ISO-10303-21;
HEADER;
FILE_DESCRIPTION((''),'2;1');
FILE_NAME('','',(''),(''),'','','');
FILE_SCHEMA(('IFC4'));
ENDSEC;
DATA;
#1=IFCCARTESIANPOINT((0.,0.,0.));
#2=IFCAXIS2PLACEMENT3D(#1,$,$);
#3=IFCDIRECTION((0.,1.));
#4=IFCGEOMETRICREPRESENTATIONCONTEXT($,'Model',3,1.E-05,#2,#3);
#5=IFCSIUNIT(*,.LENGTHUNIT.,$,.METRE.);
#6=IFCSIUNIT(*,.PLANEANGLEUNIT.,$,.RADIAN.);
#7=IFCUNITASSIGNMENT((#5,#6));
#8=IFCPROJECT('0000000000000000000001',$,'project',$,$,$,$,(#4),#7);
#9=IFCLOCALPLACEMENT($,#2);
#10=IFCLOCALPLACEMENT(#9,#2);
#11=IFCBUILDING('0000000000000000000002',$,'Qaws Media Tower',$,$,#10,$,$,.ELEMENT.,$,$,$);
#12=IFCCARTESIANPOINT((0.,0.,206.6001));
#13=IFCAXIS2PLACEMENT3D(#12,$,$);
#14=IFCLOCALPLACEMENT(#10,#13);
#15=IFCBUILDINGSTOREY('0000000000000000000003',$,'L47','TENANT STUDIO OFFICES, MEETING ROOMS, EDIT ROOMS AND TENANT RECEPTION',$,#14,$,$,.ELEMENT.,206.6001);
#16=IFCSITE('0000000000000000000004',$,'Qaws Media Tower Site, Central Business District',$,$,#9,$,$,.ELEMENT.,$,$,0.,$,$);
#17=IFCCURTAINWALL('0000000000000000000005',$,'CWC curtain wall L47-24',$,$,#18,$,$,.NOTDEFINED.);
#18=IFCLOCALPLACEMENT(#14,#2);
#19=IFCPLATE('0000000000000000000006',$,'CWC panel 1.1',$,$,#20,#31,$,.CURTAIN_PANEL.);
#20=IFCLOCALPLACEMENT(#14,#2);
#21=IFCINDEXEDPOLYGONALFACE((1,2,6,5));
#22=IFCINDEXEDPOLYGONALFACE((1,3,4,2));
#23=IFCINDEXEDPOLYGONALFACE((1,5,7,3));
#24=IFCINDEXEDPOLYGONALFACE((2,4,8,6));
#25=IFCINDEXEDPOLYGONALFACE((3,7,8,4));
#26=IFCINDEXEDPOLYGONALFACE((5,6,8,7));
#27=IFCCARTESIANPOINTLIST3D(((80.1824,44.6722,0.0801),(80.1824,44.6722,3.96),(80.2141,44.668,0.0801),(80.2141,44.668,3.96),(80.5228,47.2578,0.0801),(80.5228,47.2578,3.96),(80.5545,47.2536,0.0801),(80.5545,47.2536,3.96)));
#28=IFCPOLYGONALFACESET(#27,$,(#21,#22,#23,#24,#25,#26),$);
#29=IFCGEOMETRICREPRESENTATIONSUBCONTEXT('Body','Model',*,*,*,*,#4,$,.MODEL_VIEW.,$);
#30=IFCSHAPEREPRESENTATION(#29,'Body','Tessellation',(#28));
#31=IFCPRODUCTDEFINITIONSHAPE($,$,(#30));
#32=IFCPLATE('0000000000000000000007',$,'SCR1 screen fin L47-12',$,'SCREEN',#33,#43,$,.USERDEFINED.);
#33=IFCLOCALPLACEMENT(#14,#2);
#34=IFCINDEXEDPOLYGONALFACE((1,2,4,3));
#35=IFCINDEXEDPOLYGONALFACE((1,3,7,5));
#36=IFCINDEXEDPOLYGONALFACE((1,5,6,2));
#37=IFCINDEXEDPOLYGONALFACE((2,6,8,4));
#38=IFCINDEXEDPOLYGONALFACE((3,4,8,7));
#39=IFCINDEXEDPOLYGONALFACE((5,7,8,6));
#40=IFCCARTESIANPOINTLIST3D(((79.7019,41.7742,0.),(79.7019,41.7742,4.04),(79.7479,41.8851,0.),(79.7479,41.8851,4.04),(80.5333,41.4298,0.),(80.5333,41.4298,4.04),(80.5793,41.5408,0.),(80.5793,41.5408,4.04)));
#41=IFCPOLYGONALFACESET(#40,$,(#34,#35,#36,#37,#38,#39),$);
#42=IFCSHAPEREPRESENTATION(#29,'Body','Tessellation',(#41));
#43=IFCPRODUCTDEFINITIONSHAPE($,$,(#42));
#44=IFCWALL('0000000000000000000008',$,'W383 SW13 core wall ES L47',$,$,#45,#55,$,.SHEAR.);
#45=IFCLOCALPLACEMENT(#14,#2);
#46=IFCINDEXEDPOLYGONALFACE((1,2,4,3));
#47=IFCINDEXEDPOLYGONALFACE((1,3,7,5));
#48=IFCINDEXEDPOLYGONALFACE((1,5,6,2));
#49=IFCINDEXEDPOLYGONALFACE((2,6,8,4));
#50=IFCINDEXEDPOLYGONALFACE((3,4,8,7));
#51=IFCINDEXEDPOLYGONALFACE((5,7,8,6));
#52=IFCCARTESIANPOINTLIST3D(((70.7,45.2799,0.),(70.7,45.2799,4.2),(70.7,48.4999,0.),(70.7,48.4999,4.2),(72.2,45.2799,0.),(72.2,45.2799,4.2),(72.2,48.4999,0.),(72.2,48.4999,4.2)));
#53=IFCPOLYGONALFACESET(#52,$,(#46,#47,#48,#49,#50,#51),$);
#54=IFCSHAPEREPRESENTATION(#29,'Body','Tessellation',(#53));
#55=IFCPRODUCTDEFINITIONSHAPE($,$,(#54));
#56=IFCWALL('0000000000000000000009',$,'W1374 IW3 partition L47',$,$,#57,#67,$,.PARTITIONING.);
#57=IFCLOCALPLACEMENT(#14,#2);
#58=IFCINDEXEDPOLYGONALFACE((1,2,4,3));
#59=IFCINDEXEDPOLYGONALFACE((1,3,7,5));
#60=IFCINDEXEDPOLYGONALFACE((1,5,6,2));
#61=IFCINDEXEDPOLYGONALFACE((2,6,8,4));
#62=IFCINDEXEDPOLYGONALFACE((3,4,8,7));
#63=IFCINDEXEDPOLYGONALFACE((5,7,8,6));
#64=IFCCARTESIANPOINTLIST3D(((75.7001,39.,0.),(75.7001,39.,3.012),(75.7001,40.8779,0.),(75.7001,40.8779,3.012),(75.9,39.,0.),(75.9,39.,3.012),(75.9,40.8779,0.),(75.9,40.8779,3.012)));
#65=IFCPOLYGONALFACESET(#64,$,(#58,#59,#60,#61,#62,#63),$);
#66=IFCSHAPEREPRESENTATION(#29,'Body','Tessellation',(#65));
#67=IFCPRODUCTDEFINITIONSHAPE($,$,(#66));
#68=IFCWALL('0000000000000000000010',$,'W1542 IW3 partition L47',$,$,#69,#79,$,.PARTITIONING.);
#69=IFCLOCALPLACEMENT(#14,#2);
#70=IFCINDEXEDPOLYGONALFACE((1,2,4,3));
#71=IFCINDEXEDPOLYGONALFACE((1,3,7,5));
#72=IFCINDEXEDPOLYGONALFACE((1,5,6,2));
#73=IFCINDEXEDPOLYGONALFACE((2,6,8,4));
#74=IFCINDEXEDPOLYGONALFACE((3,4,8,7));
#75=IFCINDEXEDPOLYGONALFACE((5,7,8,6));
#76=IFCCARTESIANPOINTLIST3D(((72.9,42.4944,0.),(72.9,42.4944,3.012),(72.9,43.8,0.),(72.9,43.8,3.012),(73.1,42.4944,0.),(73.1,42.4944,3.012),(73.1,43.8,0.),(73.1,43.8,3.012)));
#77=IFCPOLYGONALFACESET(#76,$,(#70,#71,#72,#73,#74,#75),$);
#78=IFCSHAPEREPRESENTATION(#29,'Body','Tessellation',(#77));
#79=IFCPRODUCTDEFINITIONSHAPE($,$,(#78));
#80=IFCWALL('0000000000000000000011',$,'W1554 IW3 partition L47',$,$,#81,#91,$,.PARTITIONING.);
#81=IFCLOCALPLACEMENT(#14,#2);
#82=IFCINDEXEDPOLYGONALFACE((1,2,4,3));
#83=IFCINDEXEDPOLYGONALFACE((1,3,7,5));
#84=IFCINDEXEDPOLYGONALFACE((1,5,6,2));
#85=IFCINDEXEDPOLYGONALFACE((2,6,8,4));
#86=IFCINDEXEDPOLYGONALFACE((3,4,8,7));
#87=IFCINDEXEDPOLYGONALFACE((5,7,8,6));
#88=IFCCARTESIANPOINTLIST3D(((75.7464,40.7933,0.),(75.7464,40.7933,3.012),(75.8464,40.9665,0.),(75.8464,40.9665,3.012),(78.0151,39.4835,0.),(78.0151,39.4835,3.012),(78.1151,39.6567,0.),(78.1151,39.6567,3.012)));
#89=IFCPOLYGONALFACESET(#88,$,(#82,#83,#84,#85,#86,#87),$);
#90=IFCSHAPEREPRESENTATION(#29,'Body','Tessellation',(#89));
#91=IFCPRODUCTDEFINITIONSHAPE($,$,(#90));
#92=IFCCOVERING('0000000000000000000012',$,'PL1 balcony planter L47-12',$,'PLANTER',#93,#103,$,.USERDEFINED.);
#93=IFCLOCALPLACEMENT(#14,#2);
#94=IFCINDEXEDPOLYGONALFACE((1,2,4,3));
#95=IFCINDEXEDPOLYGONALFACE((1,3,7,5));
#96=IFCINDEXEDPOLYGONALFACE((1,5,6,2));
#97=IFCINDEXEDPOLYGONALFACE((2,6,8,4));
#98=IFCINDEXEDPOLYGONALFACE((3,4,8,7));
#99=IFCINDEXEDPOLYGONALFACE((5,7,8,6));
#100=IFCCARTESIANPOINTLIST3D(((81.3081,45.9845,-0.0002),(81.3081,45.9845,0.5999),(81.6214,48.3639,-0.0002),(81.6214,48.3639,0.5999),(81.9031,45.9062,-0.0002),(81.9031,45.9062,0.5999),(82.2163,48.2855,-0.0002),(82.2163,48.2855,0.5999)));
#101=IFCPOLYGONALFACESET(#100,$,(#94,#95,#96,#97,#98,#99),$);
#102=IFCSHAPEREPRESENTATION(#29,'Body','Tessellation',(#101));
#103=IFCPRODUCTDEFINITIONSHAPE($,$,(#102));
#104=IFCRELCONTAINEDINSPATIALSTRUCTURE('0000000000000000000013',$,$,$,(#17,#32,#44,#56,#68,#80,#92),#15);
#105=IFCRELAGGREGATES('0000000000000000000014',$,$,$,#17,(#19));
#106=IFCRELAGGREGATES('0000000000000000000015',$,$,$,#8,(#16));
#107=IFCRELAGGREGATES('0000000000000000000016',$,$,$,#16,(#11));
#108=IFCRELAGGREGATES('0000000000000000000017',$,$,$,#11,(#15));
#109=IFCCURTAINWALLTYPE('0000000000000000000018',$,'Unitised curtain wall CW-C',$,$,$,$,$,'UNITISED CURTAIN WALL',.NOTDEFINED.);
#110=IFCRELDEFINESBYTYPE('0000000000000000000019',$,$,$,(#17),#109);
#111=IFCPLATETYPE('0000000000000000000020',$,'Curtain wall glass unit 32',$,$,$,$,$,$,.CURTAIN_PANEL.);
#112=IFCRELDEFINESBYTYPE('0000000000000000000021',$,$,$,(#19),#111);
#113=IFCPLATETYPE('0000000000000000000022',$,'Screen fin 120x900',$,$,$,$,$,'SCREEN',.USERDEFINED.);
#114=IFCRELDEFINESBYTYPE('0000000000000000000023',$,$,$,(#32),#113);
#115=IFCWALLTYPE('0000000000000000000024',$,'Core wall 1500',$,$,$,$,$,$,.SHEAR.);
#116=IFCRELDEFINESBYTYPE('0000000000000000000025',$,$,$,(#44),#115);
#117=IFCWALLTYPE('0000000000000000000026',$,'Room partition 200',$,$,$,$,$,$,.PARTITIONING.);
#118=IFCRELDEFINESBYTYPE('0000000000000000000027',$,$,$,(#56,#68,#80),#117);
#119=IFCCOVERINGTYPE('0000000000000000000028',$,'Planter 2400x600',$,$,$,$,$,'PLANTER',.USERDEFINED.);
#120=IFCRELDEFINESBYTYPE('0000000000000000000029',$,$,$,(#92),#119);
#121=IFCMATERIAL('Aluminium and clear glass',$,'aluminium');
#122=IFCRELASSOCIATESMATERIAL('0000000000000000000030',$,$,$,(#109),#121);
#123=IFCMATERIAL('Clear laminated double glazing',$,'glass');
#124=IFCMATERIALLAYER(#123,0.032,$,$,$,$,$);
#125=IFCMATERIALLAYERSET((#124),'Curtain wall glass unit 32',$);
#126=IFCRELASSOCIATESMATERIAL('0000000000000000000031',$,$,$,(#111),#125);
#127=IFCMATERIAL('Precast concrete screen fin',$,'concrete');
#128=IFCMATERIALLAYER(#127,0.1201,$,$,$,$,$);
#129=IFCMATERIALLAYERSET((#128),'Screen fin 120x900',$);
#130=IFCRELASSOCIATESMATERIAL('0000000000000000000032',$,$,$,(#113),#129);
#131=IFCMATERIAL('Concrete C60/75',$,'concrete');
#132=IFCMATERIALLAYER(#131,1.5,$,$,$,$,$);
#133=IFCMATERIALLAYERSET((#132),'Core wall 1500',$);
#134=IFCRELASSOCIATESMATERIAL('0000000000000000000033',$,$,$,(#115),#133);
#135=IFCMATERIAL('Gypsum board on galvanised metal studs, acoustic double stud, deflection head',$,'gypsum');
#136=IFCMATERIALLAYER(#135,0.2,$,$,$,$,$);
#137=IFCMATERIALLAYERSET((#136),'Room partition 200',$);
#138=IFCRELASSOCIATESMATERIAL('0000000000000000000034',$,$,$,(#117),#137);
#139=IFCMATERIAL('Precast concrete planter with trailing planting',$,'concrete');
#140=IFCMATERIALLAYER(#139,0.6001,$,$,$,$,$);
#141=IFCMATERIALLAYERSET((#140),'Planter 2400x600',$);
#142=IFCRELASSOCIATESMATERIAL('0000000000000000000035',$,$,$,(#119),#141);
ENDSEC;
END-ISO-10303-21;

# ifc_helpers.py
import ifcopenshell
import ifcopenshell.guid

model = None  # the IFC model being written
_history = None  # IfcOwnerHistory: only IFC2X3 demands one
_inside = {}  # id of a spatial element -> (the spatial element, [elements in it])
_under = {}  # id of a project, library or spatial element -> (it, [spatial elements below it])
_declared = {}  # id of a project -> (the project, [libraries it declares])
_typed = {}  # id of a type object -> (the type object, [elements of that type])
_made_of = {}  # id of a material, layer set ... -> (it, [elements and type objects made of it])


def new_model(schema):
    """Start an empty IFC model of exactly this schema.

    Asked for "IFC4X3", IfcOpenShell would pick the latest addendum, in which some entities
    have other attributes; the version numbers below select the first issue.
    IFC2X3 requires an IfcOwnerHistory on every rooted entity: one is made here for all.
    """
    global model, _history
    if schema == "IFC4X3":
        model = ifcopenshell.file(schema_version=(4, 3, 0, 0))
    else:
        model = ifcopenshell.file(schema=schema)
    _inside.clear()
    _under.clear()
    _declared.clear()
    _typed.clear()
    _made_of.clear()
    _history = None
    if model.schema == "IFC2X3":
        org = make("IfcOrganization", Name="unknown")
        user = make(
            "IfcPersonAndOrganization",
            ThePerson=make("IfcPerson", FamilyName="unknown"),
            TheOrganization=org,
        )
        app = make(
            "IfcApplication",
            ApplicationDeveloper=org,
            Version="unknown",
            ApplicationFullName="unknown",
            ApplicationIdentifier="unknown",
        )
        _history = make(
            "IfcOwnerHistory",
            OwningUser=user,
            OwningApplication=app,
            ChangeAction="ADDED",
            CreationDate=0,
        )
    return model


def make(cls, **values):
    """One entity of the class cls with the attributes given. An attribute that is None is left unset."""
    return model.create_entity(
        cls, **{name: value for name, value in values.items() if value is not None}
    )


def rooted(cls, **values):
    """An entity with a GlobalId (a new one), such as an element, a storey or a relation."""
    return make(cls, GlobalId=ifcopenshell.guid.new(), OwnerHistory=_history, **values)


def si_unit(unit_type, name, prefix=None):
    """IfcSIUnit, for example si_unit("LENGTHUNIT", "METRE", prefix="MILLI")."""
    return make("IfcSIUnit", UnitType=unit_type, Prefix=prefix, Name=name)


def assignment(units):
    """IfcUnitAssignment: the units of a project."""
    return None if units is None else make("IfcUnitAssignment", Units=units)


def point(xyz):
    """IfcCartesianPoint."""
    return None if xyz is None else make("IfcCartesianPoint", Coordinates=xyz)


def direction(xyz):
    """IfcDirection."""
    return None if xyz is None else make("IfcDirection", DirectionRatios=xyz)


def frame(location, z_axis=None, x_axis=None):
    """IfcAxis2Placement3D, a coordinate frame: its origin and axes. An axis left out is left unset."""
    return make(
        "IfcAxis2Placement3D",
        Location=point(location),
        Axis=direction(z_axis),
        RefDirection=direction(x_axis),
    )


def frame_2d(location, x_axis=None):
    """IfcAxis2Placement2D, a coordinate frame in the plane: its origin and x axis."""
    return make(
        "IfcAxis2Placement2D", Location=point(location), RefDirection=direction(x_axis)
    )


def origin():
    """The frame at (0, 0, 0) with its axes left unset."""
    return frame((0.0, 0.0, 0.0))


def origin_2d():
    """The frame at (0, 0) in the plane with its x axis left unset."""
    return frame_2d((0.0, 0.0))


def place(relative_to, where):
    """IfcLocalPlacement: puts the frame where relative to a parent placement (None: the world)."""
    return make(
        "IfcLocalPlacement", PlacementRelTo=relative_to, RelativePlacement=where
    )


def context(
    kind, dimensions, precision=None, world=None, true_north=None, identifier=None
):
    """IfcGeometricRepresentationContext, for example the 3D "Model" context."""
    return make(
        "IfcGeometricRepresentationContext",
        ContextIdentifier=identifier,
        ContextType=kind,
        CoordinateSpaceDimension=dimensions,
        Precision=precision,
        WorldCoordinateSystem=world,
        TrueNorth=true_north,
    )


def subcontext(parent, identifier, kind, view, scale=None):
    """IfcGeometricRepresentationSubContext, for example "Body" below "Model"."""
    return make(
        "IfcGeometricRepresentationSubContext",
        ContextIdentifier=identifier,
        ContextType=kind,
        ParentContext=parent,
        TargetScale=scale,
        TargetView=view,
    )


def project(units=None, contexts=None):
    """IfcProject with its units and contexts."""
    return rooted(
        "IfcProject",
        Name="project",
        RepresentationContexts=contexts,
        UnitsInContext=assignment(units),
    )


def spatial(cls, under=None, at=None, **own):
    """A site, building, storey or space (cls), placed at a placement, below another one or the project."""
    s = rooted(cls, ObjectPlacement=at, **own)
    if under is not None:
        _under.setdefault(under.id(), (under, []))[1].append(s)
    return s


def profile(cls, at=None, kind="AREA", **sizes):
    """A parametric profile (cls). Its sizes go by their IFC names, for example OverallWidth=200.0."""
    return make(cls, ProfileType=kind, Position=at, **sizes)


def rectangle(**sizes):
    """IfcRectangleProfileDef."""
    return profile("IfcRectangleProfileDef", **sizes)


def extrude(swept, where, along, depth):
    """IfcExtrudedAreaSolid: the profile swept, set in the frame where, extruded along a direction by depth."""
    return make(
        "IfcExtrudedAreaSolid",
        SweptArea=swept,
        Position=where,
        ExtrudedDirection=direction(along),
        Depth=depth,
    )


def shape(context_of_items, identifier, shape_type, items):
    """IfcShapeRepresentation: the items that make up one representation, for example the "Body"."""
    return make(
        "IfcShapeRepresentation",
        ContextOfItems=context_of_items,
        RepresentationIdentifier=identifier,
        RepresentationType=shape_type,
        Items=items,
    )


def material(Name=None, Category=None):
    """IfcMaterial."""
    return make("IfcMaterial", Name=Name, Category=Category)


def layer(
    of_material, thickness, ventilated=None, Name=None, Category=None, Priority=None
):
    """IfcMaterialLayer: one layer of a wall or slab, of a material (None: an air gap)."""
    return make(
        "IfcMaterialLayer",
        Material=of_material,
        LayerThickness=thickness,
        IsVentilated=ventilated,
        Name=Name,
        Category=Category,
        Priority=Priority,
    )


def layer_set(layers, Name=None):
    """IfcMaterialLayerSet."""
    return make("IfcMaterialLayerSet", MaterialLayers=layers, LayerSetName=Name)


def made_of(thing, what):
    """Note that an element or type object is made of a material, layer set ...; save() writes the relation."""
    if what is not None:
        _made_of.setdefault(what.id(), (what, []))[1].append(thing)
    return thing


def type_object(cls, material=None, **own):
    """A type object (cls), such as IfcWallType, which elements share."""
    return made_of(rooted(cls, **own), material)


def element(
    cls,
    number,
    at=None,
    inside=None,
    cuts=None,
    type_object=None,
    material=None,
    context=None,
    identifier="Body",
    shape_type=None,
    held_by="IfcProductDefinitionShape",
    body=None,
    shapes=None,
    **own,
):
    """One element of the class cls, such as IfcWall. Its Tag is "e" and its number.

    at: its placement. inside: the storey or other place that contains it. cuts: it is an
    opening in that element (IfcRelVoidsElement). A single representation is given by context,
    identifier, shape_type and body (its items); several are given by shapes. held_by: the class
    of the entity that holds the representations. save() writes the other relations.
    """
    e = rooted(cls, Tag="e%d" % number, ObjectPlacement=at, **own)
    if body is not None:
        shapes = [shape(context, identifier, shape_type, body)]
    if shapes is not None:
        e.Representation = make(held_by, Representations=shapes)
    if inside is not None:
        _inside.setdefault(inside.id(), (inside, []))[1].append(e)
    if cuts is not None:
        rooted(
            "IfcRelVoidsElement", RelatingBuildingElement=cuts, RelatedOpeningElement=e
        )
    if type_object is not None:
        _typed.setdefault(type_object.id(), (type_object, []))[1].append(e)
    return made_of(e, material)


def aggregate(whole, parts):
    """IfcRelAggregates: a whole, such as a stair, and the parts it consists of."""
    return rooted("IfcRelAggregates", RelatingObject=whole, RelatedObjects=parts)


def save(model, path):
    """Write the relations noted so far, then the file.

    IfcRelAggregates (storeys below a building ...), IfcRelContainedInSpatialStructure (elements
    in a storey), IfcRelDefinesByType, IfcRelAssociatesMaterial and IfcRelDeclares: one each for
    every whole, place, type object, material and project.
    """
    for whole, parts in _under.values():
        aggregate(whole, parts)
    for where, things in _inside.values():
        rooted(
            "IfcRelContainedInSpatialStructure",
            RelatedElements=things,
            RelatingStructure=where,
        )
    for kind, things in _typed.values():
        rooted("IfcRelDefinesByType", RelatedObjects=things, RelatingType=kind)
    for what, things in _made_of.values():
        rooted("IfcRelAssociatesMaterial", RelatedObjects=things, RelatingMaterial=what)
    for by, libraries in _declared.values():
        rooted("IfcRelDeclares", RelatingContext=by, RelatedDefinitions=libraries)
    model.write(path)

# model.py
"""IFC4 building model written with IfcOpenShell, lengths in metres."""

from ifc_helpers import new_model, si_unit, direction, frame, frame_2d, origin, origin_2d, place, context, subcontext, project, spatial, rectangle, extrude, material, layer, layer_set, type_object, element, aggregate, save


model = new_model("IFC4")

# Units and contexts
model_context = context("Model", 3, precision=1e-05, world=origin(), true_north=direction((0.0, 1.0)))
body_context = subcontext(model_context, "Body", "Model", "MODEL_VIEW")
ifc_project = project(units=[si_unit("LENGTHUNIT", "METRE"), si_unit("PLANEANGLEUNIT", "RADIAN")], contexts=[model_context])

# Site, building, storey
site_placement = place(None, origin())
site = spatial("IfcSite", under=ifc_project, at=site_placement, Name="Qaws Media Tower Site, Central Business District", CompositionType="ELEMENT", RefElevation=0.0)
building_placement = place(site_placement, origin())
building = spatial("IfcBuilding", under=site, at=building_placement, Name="Qaws Media Tower", CompositionType="ELEMENT")
storey_placement = place(building_placement, frame((0.0, 0.0, 206.6001)))
storey = spatial("IfcBuildingStorey", under=building, at=storey_placement, Name="L47", Description="TENANT STUDIO OFFICES, MEETING ROOMS, EDIT ROOMS AND TENANT RECEPTION", CompositionType="ELEMENT", Elevation=206.6001)

# Curtain wall
ifc_material_1 = material(Name="Aluminium and clear glass", Category="aluminium")
curtain_wall_type = type_object("IfcCurtainWallType", Name="Unitised curtain wall CW-C", ElementType="UNITISED CURTAIN WALL", PredefinedType="NOTDEFINED", material=ifc_material_1)
curtain_wall_1_placement = place(storey_placement, origin())
curtain_wall_1 = element("IfcCurtainWall", 1, at=curtain_wall_1_placement, inside=storey, type_object=curtain_wall_type, Name="CWC curtain wall L47-24", PredefinedType="NOTDEFINED")

# Plates
ifc_material_2 = material(Name="Clear laminated double glazing", Category="glass")
ifc_layer_1 = layer(ifc_material_2, 0.032)
ifc_layer_set_1 = layer_set([ifc_layer_1], Name="Curtain wall glass unit 32")
plate_type_1 = type_object("IfcPlateType", Name="Curtain wall glass unit 32", PredefinedType="CURTAIN_PANEL", material=ifc_layer_set_1)
plate_1_placement = place(storey_placement, frame((80.3684, 45.9629, 0.0801), z_axis=(0.0, 0.0, 1.0), x_axis=(0.130526, 0.991445, 0.0)))
plate_1 = element("IfcPlate", 2, at=plate_1_placement, type_object=plate_type_1, Name="CWC panel 1.1", PredefinedType="CURTAIN_PANEL", context=body_context, shape_type="SweptSolid", body=[
    extrude(rectangle(XDim=2.6079, YDim=0.032, at=origin_2d()), origin(), (0.0, 0.0, 1.0), 3.8799),
])
aggregate(curtain_wall_1, [plate_1])
ifc_material_3 = material(Name="Precast concrete screen fin", Category="concrete")
ifc_layer_2 = layer(ifc_material_3, 0.1201)
ifc_layer_set_2 = layer_set([ifc_layer_2], Name="Screen fin 120x900")
plate_type_2 = type_object("IfcPlateType", Name="Screen fin 120x900", ElementType="SCREEN", PredefinedType="USERDEFINED", material=ifc_layer_set_2)
plate_2_placement = place(storey_placement, frame((80.1406, 41.6575, 0.0), z_axis=(0.0, 0.0, 1.0), x_axis=(0.92388, -0.382683, 0.0)))
element("IfcPlate", 3, at=plate_2_placement, inside=storey, type_object=plate_type_2, Name="SCR1 screen fin L47-12", ObjectType="SCREEN", PredefinedType="USERDEFINED", context=body_context, shape_type="SweptSolid", body=[
    extrude(rectangle(XDim=0.8999, YDim=0.1201, at=origin_2d()), origin(), (0.0, 0.0, 1.0), 4.04),
])

# Walls
ifc_material_4 = material(Name="Concrete C60/75", Category="concrete")
ifc_layer_3 = layer(ifc_material_4, 1.5)
ifc_layer_set_3 = layer_set([ifc_layer_3], Name="Core wall 1500")
wall_type_1 = type_object("IfcWallType", Name="Core wall 1500", PredefinedType="SHEAR", material=ifc_layer_set_3)
wall_1_placement = place(storey_placement, frame((71.45, 45.28, 0.0), z_axis=(0.0, 0.0, 1.0), x_axis=(0.0, 1.0, 0.0)))
element("IfcWall", 4, at=wall_1_placement, inside=storey, type_object=wall_type_1, Name="W383 SW13 core wall ES L47", PredefinedType="SHEAR", context=body_context, shape_type="SweptSolid", body=[
    extrude(rectangle(XDim=3.22, YDim=1.5, at=frame_2d((1.6099, 0.0))), origin(), (0.0, 0.0, 1.0), 4.2),
])
ifc_material_5 = material(Name="Gypsum board on galvanised metal studs, acoustic double stud, deflection head", Category="gypsum")
ifc_layer_4 = layer(ifc_material_5, 0.2)
ifc_layer_set_4 = layer_set([ifc_layer_4], Name="Room partition 200")
wall_type_2 = type_object("IfcWallType", Name="Room partition 200", PredefinedType="PARTITIONING", material=ifc_layer_set_4)
wall_2_placement = place(storey_placement, frame((75.8, 40.8779, 0.0), z_axis=(0.0, 0.0, 1.0), x_axis=(0.0, -1.0, 0.0)))
element("IfcWall", 5, at=wall_2_placement, inside=storey, type_object=wall_type_2, Name="W1374 IW3 partition L47", PredefinedType="PARTITIONING", context=body_context, shape_type="SweptSolid", body=[
    extrude(rectangle(XDim=1.8779, YDim=0.2, at=frame_2d((0.939, 0.0))), origin(), (0.0, 0.0, 1.0), 3.012),
])
wall_3_placement = place(storey_placement, frame((73.0, 42.4944, 0.0), z_axis=(0.0, 0.0, 1.0), x_axis=(0.0, 1.0, 0.0)))
element("IfcWall", 6, at=wall_3_placement, inside=storey, type_object=wall_type_2, Name="W1542 IW3 partition L47", PredefinedType="PARTITIONING", context=body_context, shape_type="SweptSolid", body=[
    extrude(rectangle(XDim=1.3057, YDim=0.2, at=frame_2d((0.6528, 0.0))), origin(), (0.0, 0.0, 1.0), 3.012),
])
wall_4_placement = place(storey_placement, frame((75.7964, 40.8799, 0.0), z_axis=(0.0, 0.0, 1.0), x_axis=(0.866038, -0.499978, 0.0)))
element("IfcWall", 7, at=wall_4_placement, inside=storey, type_object=wall_type_2, Name="W1554 IW3 partition L47", PredefinedType="PARTITIONING", context=body_context, shape_type="SweptSolid", body=[
    extrude(rectangle(XDim=2.6196, YDim=0.2, at=frame_2d((1.3098, 0.0))), origin(), (0.0, 0.0, 1.0), 3.012),
])

# Covering
ifc_material_6 = material(Name="Precast concrete planter with trailing planting", Category="concrete")
ifc_layer_5 = layer(ifc_material_6, 0.6001)
ifc_layer_set_5 = layer_set([ifc_layer_5], Name="Planter 2400x600")
covering_type = type_object("IfcCoveringType", Name="Planter 2400x600", ElementType="PLANTER", PredefinedType="USERDEFINED", material=ifc_layer_set_5)
covering_placement = place(storey_placement, frame((81.7622, 47.135, -0.0002), z_axis=(0.0, 0.0, 1.0), x_axis=(0.130526, 0.991445, 0.0)))
element("IfcCovering", 8, at=covering_placement, inside=storey, type_object=covering_type, Name="PL1 balcony planter L47-12", ObjectType="PLANTER", PredefinedType="USERDEFINED", context=body_context, shape_type="SweptSolid", body=[
    extrude(rectangle(XDim=2.3999, YDim=0.6001, at=origin_2d()), origin(), (0.0, 0.0, 1.0), 0.6001),
])

save(model, "model.ifc")
